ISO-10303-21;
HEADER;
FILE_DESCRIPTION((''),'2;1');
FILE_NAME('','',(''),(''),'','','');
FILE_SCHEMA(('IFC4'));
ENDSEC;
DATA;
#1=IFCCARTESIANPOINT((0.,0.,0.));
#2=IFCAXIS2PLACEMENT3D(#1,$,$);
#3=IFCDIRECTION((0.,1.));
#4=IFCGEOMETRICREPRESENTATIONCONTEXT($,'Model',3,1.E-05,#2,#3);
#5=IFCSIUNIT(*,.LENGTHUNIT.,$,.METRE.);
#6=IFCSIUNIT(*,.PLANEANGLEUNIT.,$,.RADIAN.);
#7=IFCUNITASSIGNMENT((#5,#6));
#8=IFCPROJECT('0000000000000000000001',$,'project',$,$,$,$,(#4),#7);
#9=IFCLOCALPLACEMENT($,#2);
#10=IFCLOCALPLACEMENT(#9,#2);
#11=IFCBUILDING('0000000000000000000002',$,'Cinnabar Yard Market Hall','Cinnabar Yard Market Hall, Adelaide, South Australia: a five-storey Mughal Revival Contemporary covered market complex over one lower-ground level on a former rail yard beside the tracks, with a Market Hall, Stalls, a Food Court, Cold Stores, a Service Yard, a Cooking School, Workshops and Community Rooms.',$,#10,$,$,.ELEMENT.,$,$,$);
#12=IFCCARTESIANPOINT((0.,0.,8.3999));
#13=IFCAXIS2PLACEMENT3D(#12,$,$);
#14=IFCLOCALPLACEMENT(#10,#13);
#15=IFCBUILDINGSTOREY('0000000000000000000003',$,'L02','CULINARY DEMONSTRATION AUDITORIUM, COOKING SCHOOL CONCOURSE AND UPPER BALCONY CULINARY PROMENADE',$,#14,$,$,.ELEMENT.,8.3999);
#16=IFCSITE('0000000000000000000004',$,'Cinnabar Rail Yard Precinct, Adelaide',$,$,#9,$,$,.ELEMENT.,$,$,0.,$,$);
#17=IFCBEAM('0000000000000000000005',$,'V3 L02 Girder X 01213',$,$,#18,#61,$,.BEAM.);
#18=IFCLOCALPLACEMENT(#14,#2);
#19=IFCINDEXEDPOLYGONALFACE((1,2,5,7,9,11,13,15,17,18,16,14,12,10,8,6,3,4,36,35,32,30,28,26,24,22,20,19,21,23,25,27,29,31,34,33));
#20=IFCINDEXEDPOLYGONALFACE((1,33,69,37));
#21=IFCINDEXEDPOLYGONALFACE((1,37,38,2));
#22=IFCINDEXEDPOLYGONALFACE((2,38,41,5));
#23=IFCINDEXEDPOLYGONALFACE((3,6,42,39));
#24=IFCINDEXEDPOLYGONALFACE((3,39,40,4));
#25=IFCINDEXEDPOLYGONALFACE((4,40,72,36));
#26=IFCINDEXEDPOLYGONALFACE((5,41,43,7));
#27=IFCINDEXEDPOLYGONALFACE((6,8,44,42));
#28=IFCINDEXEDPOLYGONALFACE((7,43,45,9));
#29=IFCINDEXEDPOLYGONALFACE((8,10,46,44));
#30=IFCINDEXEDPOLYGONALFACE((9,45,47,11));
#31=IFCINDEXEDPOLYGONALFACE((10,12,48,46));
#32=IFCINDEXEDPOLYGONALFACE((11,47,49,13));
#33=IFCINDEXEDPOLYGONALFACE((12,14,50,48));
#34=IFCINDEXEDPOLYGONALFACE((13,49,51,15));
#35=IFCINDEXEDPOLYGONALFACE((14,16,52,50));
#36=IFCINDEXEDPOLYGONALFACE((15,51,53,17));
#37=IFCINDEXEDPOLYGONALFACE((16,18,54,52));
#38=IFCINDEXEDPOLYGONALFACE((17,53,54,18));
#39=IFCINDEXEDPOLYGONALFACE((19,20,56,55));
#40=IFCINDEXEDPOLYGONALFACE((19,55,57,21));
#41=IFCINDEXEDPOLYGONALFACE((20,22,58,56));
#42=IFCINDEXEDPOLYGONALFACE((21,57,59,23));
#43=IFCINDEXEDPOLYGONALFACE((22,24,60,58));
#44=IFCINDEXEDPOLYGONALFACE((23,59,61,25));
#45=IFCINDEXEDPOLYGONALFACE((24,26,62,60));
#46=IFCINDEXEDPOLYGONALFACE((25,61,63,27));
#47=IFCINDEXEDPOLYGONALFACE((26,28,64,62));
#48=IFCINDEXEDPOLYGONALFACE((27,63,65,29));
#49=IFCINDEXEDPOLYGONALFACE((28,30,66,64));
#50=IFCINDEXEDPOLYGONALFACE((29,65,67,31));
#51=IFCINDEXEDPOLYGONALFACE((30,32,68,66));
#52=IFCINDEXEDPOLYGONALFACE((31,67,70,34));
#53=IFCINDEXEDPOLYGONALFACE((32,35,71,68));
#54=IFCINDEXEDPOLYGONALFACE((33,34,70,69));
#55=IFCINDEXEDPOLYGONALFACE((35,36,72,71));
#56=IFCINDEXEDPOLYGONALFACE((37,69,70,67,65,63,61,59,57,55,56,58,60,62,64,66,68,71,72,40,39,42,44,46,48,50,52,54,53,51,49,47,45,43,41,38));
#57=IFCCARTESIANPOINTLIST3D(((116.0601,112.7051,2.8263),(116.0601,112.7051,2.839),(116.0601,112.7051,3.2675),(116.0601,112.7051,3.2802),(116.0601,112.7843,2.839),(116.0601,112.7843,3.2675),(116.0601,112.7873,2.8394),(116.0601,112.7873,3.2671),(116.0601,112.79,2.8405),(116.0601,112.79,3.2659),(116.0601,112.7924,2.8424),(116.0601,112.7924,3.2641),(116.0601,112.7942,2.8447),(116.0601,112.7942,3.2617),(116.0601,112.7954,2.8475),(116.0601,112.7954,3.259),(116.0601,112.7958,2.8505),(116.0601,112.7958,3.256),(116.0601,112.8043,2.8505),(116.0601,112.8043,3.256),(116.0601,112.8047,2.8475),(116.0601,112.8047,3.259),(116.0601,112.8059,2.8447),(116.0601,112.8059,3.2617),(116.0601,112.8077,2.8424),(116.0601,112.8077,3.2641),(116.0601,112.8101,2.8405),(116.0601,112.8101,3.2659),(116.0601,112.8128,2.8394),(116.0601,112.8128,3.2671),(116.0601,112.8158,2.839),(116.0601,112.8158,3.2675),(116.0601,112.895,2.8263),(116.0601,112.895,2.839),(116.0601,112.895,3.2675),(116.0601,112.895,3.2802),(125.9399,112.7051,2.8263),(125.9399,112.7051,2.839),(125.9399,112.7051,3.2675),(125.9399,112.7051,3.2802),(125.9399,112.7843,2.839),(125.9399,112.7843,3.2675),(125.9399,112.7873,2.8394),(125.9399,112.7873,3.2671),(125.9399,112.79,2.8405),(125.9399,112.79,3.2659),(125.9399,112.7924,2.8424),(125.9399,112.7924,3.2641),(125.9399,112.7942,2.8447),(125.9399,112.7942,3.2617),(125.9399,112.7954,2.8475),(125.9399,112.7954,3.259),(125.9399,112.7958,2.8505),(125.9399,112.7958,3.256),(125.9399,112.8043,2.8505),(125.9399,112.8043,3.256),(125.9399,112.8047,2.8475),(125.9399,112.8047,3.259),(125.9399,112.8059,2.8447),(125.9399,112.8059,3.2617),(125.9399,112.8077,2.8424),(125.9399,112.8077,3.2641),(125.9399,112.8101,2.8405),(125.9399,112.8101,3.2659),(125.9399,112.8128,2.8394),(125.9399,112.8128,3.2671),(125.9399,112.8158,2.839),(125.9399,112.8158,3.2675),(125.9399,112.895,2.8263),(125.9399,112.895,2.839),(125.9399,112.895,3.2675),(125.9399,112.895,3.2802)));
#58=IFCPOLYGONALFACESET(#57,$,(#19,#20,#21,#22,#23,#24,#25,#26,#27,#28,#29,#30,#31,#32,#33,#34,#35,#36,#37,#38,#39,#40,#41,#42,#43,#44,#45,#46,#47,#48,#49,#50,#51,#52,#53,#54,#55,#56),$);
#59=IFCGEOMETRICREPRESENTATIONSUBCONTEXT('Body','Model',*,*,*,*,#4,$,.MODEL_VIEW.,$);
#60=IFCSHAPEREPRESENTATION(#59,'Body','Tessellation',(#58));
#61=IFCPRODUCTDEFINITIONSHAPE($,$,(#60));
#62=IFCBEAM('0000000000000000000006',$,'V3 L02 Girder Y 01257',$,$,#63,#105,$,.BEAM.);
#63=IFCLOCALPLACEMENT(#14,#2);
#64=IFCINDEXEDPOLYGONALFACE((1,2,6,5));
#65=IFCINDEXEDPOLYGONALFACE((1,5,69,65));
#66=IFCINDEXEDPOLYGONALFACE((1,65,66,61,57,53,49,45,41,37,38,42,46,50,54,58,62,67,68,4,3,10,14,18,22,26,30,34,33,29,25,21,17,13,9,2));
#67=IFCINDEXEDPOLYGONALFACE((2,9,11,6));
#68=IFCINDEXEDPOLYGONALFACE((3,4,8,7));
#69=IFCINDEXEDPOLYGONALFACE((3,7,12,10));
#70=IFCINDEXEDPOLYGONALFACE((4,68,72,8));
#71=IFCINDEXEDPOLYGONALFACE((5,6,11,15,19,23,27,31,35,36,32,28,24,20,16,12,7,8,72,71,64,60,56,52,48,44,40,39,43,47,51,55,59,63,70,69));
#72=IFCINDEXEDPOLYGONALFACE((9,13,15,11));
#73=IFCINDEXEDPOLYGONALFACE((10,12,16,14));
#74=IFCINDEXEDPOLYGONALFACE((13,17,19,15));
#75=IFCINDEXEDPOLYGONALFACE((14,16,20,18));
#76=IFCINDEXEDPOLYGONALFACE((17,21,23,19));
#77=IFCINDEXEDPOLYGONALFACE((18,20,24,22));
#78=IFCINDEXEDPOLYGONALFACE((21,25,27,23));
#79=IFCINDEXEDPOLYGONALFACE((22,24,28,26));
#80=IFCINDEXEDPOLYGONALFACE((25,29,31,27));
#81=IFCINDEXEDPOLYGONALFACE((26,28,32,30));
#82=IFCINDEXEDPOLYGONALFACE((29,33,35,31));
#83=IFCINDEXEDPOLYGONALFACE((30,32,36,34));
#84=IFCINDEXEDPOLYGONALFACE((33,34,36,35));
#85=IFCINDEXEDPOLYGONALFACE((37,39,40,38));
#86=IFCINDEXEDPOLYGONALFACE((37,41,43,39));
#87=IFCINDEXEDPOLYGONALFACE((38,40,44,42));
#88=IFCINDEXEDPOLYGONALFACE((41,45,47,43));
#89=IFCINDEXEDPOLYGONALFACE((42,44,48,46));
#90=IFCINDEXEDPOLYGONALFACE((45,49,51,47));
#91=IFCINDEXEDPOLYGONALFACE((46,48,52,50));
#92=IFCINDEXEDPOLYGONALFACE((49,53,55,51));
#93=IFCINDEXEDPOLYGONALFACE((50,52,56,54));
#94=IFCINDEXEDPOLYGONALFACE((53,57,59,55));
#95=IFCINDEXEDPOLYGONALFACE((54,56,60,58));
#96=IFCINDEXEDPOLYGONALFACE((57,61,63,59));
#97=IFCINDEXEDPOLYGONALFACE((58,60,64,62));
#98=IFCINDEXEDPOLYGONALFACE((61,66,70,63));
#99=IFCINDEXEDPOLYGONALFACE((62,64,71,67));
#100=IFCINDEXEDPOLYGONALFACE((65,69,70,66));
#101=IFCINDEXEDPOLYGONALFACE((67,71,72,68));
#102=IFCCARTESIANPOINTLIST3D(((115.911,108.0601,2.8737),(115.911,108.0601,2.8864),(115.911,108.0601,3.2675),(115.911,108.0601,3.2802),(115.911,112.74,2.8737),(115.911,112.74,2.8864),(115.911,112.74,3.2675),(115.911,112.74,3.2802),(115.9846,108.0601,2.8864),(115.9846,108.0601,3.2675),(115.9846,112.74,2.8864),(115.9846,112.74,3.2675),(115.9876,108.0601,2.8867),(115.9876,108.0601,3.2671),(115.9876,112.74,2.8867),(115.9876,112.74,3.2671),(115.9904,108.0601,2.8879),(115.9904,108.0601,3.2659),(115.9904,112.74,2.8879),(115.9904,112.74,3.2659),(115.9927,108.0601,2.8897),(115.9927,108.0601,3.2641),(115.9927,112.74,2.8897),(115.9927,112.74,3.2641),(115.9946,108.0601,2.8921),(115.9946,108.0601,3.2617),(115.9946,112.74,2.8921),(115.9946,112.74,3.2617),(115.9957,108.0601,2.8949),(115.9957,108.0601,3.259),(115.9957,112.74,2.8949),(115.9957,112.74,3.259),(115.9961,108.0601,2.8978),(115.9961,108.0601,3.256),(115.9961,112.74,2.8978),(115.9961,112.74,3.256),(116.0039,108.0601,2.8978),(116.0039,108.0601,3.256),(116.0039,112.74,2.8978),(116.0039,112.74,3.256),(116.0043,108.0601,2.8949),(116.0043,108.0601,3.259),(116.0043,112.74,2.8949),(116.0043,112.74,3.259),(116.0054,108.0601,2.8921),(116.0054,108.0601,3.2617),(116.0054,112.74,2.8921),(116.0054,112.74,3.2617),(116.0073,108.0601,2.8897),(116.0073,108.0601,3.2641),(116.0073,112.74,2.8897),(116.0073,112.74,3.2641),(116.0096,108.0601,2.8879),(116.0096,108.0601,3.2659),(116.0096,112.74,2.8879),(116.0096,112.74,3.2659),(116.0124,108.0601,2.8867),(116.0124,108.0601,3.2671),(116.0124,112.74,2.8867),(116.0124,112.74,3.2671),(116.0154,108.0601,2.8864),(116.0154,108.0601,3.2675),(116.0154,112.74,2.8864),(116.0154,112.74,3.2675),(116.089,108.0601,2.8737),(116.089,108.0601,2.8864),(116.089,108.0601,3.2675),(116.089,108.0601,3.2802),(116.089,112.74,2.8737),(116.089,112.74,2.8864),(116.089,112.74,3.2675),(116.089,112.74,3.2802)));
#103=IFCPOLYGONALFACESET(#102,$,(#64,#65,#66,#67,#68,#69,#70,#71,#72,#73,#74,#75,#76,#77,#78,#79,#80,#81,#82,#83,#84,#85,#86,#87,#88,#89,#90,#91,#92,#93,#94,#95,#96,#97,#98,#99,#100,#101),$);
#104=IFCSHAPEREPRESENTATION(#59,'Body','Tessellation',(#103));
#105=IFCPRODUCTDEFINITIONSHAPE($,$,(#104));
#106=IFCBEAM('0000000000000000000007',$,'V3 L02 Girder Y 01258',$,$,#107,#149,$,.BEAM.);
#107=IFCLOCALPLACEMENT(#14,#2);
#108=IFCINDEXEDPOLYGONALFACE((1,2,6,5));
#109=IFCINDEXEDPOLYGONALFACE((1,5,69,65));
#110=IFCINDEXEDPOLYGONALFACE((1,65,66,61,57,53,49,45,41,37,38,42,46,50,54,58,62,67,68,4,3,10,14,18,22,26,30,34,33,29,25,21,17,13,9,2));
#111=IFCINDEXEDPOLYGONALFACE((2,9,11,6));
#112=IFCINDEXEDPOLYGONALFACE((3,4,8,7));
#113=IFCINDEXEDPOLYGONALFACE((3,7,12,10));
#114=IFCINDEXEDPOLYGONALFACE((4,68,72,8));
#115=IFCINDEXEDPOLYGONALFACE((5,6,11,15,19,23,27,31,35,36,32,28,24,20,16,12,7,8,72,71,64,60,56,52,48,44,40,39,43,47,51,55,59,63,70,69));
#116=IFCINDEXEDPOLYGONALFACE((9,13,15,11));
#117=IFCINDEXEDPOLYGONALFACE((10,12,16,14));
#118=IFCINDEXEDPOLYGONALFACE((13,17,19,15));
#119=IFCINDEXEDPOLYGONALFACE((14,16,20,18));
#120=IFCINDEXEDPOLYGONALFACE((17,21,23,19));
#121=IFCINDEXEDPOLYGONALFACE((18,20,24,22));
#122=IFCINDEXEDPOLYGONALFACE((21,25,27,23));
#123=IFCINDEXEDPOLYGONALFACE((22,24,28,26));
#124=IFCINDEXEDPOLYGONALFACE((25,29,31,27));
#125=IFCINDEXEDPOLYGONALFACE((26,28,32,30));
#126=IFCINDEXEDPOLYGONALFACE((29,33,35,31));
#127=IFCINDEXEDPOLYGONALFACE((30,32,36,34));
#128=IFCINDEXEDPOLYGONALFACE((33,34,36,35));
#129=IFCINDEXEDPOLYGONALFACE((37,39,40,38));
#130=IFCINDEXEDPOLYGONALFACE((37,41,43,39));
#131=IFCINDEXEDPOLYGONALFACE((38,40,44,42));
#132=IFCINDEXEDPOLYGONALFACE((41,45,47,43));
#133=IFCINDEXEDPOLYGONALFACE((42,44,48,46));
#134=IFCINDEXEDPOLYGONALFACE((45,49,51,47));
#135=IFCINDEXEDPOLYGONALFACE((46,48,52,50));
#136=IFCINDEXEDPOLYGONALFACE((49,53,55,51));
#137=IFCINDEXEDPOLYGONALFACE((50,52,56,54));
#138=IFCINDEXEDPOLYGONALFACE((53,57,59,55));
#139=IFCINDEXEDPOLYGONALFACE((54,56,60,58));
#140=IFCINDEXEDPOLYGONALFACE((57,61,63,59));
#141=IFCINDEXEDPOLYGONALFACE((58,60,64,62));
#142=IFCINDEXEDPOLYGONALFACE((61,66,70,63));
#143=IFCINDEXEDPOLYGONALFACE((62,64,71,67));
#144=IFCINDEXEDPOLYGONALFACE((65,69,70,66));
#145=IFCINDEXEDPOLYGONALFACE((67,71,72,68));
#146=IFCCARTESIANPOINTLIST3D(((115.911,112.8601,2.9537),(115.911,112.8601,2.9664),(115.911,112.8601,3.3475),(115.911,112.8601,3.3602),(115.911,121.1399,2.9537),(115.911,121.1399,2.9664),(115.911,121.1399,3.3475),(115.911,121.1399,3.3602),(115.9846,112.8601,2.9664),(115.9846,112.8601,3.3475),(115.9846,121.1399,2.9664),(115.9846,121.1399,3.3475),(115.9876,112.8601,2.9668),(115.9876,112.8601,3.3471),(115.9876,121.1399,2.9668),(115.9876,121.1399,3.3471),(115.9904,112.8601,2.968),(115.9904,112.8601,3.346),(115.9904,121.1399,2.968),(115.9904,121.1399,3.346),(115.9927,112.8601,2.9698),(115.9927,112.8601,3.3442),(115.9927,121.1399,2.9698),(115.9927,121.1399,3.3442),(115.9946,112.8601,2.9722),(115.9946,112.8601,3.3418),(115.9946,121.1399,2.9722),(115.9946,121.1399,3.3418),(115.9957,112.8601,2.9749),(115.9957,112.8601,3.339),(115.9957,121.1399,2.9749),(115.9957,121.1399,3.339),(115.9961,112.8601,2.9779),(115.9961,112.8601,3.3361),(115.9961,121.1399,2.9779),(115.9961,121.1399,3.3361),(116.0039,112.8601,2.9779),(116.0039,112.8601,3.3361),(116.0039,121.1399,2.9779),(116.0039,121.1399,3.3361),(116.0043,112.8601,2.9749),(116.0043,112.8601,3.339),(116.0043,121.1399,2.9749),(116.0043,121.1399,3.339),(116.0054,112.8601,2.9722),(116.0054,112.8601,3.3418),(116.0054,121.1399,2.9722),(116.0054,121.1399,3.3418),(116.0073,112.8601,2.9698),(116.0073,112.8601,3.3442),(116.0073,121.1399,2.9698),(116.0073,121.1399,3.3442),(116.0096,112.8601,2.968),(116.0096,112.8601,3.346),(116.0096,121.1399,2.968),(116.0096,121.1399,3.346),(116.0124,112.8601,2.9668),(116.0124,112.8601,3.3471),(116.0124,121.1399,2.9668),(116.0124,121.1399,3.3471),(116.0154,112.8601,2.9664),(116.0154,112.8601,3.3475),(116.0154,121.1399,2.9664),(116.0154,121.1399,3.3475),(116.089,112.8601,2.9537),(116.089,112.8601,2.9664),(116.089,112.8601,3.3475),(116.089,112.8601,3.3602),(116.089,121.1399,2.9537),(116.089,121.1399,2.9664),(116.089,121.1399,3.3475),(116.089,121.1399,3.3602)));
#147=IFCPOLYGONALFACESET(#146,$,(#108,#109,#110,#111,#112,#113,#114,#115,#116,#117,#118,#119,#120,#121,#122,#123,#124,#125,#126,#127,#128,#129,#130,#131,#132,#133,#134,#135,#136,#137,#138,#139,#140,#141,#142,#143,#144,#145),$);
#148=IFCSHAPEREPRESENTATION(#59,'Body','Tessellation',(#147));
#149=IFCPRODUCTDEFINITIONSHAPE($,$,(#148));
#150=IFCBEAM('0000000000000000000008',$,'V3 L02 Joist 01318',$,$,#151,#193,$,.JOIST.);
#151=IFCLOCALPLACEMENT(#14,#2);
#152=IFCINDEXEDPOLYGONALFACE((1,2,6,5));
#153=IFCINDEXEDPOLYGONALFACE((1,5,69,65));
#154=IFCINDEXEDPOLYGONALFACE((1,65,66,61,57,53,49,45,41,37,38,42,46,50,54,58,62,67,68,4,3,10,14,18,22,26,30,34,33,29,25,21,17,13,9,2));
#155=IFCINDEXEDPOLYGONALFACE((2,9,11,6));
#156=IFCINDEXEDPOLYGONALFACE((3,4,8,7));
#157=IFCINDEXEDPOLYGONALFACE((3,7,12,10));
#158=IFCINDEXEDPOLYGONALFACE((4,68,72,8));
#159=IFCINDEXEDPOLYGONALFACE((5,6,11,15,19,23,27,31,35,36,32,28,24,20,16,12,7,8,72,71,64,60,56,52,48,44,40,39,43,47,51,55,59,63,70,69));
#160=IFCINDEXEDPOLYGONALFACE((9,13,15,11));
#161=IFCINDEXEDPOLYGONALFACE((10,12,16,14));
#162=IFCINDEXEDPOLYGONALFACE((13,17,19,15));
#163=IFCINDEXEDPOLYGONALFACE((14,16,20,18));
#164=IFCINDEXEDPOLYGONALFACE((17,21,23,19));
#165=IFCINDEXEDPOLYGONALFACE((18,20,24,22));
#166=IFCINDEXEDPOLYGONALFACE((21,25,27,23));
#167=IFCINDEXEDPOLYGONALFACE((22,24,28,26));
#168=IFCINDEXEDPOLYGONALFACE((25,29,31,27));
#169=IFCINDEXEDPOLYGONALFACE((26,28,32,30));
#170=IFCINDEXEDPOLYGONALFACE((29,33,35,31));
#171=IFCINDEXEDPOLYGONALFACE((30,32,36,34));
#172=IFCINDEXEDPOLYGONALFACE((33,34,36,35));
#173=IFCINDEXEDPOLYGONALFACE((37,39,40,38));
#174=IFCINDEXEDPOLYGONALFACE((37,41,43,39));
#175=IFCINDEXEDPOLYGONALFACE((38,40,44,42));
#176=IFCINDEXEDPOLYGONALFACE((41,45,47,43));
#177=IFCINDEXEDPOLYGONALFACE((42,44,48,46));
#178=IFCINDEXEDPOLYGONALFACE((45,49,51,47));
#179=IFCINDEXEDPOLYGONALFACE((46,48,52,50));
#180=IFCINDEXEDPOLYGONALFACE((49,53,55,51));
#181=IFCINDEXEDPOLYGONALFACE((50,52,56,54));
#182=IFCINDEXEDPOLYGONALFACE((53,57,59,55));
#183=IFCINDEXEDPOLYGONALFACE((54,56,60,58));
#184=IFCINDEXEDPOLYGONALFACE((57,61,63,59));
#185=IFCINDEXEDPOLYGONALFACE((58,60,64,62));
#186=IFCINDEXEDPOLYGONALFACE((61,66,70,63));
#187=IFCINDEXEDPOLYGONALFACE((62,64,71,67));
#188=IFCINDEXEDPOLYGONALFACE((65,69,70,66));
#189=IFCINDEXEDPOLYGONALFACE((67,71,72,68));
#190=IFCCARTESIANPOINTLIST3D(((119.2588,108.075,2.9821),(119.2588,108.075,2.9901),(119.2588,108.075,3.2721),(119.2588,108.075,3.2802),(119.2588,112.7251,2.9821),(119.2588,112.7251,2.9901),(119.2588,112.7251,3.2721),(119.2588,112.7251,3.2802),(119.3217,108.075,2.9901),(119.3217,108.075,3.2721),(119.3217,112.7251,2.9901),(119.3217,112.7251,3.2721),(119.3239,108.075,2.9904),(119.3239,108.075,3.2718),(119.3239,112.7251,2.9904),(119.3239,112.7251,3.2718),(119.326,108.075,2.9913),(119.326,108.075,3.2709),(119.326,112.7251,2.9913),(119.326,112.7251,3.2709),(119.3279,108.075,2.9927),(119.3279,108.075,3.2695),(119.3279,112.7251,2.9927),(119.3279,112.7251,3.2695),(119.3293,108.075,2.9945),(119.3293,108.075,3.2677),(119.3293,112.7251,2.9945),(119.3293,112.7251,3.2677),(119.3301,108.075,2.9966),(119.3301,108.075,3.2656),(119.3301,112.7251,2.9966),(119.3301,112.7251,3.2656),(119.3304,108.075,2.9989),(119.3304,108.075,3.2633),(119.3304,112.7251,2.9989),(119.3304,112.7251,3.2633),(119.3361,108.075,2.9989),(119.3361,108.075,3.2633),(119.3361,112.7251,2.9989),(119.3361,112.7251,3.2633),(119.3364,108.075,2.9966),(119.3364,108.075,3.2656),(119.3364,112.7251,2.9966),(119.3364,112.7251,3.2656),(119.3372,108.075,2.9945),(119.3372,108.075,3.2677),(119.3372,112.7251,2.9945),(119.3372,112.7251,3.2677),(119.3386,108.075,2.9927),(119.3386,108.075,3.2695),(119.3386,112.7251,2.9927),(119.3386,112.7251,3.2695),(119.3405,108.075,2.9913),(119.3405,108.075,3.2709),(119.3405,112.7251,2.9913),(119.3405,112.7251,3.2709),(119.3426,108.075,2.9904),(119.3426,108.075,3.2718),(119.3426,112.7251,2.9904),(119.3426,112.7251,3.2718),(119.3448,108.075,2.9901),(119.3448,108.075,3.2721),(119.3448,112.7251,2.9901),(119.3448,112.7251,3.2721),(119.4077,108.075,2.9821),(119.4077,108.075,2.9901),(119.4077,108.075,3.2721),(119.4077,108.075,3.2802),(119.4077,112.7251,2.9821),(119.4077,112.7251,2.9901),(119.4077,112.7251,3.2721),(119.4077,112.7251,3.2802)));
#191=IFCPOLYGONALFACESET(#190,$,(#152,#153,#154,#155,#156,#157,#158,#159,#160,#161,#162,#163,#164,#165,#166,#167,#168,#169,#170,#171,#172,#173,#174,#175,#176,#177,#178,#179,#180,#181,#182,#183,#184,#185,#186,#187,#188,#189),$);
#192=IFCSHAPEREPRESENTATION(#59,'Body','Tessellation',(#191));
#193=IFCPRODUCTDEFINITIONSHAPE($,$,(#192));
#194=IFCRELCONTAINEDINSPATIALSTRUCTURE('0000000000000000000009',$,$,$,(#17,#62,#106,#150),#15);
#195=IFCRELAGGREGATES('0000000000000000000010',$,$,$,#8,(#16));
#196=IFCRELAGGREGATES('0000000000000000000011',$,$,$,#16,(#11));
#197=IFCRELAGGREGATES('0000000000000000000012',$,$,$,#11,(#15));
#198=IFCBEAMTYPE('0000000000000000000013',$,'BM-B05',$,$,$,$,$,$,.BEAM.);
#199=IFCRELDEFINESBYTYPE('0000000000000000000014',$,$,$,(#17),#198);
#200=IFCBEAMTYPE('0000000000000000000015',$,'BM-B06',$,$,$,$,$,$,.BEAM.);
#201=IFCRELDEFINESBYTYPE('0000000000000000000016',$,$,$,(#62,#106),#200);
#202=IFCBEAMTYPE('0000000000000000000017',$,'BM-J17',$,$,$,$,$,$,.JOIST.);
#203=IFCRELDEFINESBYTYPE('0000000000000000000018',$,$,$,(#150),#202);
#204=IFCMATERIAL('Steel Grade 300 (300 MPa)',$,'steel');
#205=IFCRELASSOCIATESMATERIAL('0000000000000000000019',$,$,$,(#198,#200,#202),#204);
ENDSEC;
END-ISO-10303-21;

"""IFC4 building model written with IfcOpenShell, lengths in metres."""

from ifc_helpers import new_model, si_unit, direction, frame, origin, origin_2d_with_axis, place, context, subcontext, project, spatial, i_section, extrude, material, material_profile, profile_set, type_object, element, save


model = new_model("IFC4")

# Units and contexts
model_context = context("Model", 3, precision=1e-05, world=origin(), true_north=direction((0.0, 1.0)))
body_context = subcontext(model_context, "Body", "Model", "MODEL_VIEW")
ifc_project = project(units=[si_unit("LENGTHUNIT", "METRE"), si_unit("PLANEANGLEUNIT", "RADIAN")], contexts=[model_context])

# Site, building, storey
site_placement = place(None, origin())
site = spatial("IfcSite", under=ifc_project, at=site_placement, Name="Cinnabar Rail Yard Precinct, Adelaide", CompositionType="ELEMENT", RefElevation=0.0)
building_placement = place(site_placement, origin())
building = spatial("IfcBuilding", under=site, at=building_placement, Name="Cinnabar Yard Market Hall", Description="Cinnabar Yard Market Hall, Adelaide, South Australia: a five-storey Mughal Revival Contemporary covered market complex over one lower-ground level on a former rail yard beside the tracks, with a Market Hall, Stalls, a Food Court, Cold Stores, a Service Yard, a Cooking School, Workshops and Community Rooms.", CompositionType="ELEMENT")
storey_placement = place(building_placement, frame((0.0, 0.0, 8.3999)))
storey = spatial("IfcBuildingStorey", under=building, at=storey_placement, Name="L02", Description="CULINARY DEMONSTRATION AUDITORIUM, COOKING SCHOOL CONCOURSE AND UPPER BALCONY CULINARY PROMENADE", CompositionType="ELEMENT", Elevation=8.3999)

# Beams
ifc_material_1 = material(Name="Steel Grade 300 (300 MPa)", Category="steel")
ifc_material_profile_1 = material_profile(ifc_material_1, i_section(OverallWidth=0.1899, OverallDepth=0.4539, WebThickness=0.0085, FlangeThickness=0.0127, FilletRadius=0.0115, at=origin_2d_with_axis()), Name="460UB67.1")
ifc_profile_set_1 = profile_set([ifc_material_profile_1], Name="Steel Grade 300 (300 MPa)")
beam_type_1 = type_object("IfcBeamType", Name="BM-B05", PredefinedType="BEAM", material=ifc_profile_set_1)
beam_1_placement = place(storey_placement, frame((116.0601, 112.8, 3.0532), z_axis=(1.0, 0.0, 0.0), x_axis=(0.0, 1.0, 0.0)))
element("IfcBeam", 1, at=beam_1_placement, inside=storey, type_object=beam_type_1, Name="V3 L02 Girder X 01213", PredefinedType="BEAM", context=body_context, shape_type="SweptSolid", body=[
    extrude(i_section(OverallWidth=0.1899, OverallDepth=0.4539, WebThickness=0.0085, FlangeThickness=0.0127, FilletRadius=0.0115, at=origin_2d_with_axis()), origin(), (0.0, 0.0, 1.0), 9.8799),
])
ifc_material_profile_2 = material_profile(ifc_material_1, i_section(OverallWidth=0.178, OverallDepth=0.4065, WebThickness=0.0078, FlangeThickness=0.0127, FilletRadius=0.0115, at=origin_2d_with_axis()), Name="410UB59.7")
ifc_profile_set_2 = profile_set([ifc_material_profile_2], Name="Steel Grade 300 (300 MPa)")
beam_type_2 = type_object("IfcBeamType", Name="BM-B06", PredefinedType="BEAM", material=ifc_profile_set_2)
beam_2_placement = place(storey_placement, frame((116.0, 108.0601, 3.0769), z_axis=(0.0, 1.0, 0.0), x_axis=(-1.0, 0.0, 0.0)))
element("IfcBeam", 2, at=beam_2_placement, inside=storey, type_object=beam_type_2, Name="V3 L02 Girder Y 01257", PredefinedType="BEAM", context=body_context, shape_type="SweptSolid", body=[
    extrude(i_section(OverallWidth=0.178, OverallDepth=0.4065, WebThickness=0.0078, FlangeThickness=0.0127, FilletRadius=0.0115, at=origin_2d_with_axis()), origin(), (0.0, 0.0, 1.0), 4.6799),
])
beam_3_placement = place(storey_placement, frame((116.0, 112.8601, 3.157), z_axis=(0.0, 1.0, 0.0), x_axis=(-1.0, 0.0, 0.0)))
element("IfcBeam", 3, at=beam_3_placement, inside=storey, type_object=beam_type_2, Name="V3 L02 Girder Y 01258", PredefinedType="BEAM", context=body_context, shape_type="SweptSolid", body=[
    extrude(i_section(OverallWidth=0.178, OverallDepth=0.4065, WebThickness=0.0078, FlangeThickness=0.0127, FilletRadius=0.0115, at=origin_2d_with_axis()), origin(), (0.0, 0.0, 1.0), 8.2798),
])
ifc_material_profile_3 = material_profile(ifc_material_1, i_section(OverallWidth=0.1489, OverallDepth=0.2981, WebThickness=0.0056, FlangeThickness=0.0081, FilletRadius=0.0088, at=origin_2d_with_axis()), Name="310UB32.0")
ifc_profile_set_3 = profile_set([ifc_material_profile_3], Name="Steel Grade 300 (300 MPa)")
beam_type_3 = type_object("IfcBeamType", Name="BM-J17", PredefinedType="JOIST", material=ifc_profile_set_3)
for number, where, z_axis, x_axis, name in (
    (4, (119.3333, 108.075, 3.1311), (0.0, 1.0, 0.0), (-1.0, 0.0, 0.0), "V3 L02 Joist 01318"),
):
    element("IfcBeam", number, at=place(storey_placement, frame(where, z_axis=z_axis, x_axis=x_axis)), inside=storey, type_object=beam_type_3, Name=name, PredefinedType="JOIST", context=body_context, shape_type="SweptSolid", body=[
        extrude(i_section(OverallWidth=0.1489, OverallDepth=0.2981, WebThickness=0.0056, FlangeThickness=0.0081, FilletRadius=0.0088, at=origin_2d_with_axis()), origin(), (0.0, 0.0, 1.0), 4.6501),
    ])

save(model, "model.ifc")
